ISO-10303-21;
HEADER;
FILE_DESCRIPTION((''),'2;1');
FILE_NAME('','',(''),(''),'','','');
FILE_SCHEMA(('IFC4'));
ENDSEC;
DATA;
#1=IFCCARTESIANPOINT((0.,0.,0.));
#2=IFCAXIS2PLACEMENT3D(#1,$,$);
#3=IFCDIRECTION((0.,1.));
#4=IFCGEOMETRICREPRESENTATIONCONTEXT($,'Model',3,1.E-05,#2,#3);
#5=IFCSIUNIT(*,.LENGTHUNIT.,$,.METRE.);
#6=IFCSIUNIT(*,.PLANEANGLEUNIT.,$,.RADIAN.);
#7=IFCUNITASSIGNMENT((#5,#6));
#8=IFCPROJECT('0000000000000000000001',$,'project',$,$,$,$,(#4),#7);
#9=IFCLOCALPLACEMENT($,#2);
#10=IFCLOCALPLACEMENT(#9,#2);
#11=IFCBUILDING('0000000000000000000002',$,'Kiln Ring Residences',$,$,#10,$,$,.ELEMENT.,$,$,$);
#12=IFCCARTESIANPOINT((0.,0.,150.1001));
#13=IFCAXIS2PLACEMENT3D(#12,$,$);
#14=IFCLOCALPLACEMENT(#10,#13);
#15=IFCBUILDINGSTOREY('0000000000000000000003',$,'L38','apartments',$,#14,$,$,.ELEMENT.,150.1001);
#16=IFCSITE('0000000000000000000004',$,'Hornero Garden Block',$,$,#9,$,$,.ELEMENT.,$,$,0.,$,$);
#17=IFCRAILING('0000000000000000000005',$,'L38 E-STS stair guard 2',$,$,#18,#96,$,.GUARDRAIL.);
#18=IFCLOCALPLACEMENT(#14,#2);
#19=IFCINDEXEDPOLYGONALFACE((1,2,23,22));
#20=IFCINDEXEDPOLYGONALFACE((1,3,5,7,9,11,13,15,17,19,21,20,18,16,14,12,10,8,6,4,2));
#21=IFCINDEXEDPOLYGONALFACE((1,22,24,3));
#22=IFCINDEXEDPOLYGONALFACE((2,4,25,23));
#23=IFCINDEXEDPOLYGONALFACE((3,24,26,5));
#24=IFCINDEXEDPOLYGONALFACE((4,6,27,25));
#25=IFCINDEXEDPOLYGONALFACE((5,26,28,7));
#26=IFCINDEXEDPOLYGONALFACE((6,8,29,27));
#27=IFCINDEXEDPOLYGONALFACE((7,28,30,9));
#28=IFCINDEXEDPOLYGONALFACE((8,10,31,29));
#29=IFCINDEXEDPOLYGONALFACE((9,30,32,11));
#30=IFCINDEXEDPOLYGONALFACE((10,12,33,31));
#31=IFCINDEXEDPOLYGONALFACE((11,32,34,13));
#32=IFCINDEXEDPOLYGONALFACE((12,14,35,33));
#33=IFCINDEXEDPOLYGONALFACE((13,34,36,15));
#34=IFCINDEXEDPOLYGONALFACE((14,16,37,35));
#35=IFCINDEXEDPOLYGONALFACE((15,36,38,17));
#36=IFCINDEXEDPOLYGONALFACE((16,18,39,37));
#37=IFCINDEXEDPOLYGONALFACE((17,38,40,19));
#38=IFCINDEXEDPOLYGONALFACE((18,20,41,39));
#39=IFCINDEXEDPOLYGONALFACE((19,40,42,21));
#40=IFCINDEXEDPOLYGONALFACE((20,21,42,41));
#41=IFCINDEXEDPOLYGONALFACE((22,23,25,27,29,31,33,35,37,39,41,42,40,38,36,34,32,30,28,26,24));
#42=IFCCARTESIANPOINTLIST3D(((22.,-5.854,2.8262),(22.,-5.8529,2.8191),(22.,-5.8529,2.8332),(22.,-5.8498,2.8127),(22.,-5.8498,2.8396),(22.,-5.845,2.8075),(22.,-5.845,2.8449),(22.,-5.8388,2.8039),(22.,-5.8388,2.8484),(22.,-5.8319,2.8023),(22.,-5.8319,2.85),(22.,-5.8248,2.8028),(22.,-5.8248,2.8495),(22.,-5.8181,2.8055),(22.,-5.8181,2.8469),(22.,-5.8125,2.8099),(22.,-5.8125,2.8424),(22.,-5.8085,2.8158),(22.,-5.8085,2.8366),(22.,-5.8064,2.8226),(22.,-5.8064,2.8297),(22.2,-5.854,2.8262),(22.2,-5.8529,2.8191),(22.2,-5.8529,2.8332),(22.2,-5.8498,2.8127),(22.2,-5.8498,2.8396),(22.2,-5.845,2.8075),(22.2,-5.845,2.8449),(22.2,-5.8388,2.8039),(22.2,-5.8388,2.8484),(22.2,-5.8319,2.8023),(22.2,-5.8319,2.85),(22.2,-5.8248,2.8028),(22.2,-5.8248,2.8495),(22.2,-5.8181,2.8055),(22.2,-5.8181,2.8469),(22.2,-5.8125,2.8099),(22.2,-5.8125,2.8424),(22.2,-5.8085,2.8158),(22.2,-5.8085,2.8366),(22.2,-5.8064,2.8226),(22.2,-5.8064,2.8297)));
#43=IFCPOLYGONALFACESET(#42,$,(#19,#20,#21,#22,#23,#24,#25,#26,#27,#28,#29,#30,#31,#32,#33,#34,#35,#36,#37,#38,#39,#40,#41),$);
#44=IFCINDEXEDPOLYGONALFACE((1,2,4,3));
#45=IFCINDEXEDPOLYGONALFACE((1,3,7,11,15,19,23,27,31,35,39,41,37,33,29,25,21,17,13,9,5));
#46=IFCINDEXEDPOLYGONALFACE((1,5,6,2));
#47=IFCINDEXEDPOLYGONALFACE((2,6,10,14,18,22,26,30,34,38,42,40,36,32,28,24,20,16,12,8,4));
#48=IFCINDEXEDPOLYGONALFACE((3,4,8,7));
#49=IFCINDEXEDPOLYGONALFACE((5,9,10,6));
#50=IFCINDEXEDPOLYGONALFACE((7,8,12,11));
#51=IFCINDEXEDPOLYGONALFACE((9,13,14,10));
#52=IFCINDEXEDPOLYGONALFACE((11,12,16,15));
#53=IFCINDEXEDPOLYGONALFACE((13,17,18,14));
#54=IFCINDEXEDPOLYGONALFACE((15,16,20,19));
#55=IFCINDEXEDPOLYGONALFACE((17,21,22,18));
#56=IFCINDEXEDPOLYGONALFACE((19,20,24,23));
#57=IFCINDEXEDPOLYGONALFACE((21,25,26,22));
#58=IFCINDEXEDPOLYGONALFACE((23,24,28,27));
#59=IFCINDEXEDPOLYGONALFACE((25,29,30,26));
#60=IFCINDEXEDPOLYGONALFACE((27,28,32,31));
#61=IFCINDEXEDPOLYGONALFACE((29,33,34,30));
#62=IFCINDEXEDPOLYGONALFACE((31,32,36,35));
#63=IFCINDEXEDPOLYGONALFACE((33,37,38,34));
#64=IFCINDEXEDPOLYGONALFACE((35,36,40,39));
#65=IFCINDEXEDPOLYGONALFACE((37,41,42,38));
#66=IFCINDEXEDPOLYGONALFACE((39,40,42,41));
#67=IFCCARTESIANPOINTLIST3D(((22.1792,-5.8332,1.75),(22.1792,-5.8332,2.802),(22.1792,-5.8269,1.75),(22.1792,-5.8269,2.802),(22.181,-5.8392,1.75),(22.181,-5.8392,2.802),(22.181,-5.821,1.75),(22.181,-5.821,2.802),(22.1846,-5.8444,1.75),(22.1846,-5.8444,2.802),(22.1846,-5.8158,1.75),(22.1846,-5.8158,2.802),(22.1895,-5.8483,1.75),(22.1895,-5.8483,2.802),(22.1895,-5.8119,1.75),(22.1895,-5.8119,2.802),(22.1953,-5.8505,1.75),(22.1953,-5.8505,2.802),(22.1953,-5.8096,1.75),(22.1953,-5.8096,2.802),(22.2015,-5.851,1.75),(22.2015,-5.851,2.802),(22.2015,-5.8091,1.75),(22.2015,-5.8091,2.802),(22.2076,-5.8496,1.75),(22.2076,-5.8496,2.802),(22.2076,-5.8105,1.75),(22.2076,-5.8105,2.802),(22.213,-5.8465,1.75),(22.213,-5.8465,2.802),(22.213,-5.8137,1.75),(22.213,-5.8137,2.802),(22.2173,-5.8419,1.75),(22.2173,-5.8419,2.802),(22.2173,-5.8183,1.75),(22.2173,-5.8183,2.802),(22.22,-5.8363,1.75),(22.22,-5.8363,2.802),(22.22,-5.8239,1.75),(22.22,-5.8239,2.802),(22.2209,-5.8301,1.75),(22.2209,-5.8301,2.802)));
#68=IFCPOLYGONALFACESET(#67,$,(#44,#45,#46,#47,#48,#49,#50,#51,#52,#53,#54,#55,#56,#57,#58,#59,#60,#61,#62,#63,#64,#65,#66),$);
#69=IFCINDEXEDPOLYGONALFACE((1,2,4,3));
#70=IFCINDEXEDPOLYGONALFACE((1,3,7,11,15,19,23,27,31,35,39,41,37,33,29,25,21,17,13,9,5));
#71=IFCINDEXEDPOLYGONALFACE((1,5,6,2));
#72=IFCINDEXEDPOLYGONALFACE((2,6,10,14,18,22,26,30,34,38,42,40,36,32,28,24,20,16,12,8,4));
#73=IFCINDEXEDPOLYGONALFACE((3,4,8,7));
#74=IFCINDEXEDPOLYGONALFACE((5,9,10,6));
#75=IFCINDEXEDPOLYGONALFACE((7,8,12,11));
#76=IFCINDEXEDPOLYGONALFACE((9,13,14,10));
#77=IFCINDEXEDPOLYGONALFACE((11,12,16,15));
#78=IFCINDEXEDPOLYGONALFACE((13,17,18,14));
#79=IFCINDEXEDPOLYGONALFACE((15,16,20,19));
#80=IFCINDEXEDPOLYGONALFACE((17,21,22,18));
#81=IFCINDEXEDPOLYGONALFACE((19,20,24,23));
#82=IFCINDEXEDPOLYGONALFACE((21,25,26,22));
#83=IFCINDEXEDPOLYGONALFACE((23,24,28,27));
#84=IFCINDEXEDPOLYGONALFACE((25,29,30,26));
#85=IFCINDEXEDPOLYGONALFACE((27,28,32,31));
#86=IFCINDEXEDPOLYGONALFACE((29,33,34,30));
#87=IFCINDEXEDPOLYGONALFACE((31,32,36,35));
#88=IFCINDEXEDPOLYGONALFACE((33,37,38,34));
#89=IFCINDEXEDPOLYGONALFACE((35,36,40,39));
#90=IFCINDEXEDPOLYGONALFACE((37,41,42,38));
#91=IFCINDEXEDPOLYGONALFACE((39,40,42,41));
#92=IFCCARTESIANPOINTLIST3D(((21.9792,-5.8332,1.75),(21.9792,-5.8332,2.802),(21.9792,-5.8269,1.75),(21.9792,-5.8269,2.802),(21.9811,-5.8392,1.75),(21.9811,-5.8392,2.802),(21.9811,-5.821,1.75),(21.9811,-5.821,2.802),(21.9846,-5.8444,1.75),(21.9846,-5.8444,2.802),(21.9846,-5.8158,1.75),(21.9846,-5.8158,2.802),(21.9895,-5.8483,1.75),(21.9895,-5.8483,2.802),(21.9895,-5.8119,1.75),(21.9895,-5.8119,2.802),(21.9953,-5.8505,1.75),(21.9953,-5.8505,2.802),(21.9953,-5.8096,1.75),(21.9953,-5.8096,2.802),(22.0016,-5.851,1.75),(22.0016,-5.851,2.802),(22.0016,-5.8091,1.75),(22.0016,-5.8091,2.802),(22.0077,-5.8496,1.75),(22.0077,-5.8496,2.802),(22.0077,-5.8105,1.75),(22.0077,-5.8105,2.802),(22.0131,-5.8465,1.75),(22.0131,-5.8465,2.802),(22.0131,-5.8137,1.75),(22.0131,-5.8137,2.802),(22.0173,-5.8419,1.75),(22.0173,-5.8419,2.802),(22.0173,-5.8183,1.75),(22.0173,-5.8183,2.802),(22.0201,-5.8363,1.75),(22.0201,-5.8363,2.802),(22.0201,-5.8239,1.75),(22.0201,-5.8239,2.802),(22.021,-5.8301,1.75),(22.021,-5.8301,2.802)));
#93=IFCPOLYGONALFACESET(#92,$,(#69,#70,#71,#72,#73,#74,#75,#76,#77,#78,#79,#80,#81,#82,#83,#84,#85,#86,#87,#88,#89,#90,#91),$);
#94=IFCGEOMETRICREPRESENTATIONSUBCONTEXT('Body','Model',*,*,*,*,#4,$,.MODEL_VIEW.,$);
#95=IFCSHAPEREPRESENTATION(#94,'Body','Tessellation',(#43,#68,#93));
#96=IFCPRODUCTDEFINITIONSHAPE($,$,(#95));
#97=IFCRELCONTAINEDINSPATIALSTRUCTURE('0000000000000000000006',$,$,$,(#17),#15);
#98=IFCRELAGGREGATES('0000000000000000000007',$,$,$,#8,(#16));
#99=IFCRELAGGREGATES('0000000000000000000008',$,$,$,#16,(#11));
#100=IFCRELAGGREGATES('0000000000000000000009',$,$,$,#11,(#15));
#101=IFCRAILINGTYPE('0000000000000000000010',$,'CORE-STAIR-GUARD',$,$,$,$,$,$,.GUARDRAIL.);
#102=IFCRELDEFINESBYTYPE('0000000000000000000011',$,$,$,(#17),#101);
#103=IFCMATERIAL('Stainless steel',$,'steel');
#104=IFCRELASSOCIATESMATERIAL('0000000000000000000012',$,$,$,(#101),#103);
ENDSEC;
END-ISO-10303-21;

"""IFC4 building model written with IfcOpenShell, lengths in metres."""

from ifc_helpers import new_model, si_unit, direction, frame, origin, origin_2d, place, context, subcontext, project, spatial, circle, extrude, material, type_object, element, save


model = new_model("IFC4")

# Units and contexts
model_context = context("Model", 3, precision=1e-05, world=origin(), true_north=direction((0.0, 1.0)))
body_context = subcontext(model_context, "Body", "Model", "MODEL_VIEW")
ifc_project = project(units=[si_unit("LENGTHUNIT", "METRE"), si_unit("PLANEANGLEUNIT", "RADIAN")], contexts=[model_context])

# Site, building, storey
site_placement = place(None, origin())
site = spatial("IfcSite", under=ifc_project, at=site_placement, Name="Hornero Garden Block", CompositionType="ELEMENT", RefElevation=0.0)
building_placement = place(site_placement, origin())
building = spatial("IfcBuilding", under=site, at=building_placement, Name="Kiln Ring Residences", CompositionType="ELEMENT")
storey_placement = place(building_placement, frame((0.0, 0.0, 150.1001)))
storey = spatial("IfcBuildingStorey", under=building, at=storey_placement, Name="L38", Description="apartments", CompositionType="ELEMENT", Elevation=150.1001)

# Railing
ifc_material_1 = material(Name="Stainless steel", Category="steel")
railing_type_1 = type_object("IfcRailingType", Name="CORE-STAIR-GUARD", PredefinedType="GUARDRAIL", material=ifc_material_1)
railing_1_placement = place(storey_placement, frame((22.2, -5.8301, 1.75)))
element("IfcRailing", 1, at=railing_1_placement, inside=storey, type_object=railing_type_1, Name="L38 E-STS stair guard 2", PredefinedType="GUARDRAIL", context=body_context, shape_type="SweptSolid", body=[
    extrude(circle(Radius=0.0239, at=origin_2d()), frame((0.0, 0.0, 1.0762), z_axis=(-1.0, 0.0, 0.0), x_axis=(0.0, -1.0, 0.0)), (0.0, 0.0, 1.0), 0.2),
    extrude(circle(Radius=0.021, at=origin_2d()), origin(), (0.0, 0.0, 1.0), 1.052),
    extrude(circle(Radius=0.021, at=origin_2d()), frame((-0.2, 0.0, 0.0)), (0.0, 0.0, 1.0), 1.052),
])

save(model, "model.ifc")
